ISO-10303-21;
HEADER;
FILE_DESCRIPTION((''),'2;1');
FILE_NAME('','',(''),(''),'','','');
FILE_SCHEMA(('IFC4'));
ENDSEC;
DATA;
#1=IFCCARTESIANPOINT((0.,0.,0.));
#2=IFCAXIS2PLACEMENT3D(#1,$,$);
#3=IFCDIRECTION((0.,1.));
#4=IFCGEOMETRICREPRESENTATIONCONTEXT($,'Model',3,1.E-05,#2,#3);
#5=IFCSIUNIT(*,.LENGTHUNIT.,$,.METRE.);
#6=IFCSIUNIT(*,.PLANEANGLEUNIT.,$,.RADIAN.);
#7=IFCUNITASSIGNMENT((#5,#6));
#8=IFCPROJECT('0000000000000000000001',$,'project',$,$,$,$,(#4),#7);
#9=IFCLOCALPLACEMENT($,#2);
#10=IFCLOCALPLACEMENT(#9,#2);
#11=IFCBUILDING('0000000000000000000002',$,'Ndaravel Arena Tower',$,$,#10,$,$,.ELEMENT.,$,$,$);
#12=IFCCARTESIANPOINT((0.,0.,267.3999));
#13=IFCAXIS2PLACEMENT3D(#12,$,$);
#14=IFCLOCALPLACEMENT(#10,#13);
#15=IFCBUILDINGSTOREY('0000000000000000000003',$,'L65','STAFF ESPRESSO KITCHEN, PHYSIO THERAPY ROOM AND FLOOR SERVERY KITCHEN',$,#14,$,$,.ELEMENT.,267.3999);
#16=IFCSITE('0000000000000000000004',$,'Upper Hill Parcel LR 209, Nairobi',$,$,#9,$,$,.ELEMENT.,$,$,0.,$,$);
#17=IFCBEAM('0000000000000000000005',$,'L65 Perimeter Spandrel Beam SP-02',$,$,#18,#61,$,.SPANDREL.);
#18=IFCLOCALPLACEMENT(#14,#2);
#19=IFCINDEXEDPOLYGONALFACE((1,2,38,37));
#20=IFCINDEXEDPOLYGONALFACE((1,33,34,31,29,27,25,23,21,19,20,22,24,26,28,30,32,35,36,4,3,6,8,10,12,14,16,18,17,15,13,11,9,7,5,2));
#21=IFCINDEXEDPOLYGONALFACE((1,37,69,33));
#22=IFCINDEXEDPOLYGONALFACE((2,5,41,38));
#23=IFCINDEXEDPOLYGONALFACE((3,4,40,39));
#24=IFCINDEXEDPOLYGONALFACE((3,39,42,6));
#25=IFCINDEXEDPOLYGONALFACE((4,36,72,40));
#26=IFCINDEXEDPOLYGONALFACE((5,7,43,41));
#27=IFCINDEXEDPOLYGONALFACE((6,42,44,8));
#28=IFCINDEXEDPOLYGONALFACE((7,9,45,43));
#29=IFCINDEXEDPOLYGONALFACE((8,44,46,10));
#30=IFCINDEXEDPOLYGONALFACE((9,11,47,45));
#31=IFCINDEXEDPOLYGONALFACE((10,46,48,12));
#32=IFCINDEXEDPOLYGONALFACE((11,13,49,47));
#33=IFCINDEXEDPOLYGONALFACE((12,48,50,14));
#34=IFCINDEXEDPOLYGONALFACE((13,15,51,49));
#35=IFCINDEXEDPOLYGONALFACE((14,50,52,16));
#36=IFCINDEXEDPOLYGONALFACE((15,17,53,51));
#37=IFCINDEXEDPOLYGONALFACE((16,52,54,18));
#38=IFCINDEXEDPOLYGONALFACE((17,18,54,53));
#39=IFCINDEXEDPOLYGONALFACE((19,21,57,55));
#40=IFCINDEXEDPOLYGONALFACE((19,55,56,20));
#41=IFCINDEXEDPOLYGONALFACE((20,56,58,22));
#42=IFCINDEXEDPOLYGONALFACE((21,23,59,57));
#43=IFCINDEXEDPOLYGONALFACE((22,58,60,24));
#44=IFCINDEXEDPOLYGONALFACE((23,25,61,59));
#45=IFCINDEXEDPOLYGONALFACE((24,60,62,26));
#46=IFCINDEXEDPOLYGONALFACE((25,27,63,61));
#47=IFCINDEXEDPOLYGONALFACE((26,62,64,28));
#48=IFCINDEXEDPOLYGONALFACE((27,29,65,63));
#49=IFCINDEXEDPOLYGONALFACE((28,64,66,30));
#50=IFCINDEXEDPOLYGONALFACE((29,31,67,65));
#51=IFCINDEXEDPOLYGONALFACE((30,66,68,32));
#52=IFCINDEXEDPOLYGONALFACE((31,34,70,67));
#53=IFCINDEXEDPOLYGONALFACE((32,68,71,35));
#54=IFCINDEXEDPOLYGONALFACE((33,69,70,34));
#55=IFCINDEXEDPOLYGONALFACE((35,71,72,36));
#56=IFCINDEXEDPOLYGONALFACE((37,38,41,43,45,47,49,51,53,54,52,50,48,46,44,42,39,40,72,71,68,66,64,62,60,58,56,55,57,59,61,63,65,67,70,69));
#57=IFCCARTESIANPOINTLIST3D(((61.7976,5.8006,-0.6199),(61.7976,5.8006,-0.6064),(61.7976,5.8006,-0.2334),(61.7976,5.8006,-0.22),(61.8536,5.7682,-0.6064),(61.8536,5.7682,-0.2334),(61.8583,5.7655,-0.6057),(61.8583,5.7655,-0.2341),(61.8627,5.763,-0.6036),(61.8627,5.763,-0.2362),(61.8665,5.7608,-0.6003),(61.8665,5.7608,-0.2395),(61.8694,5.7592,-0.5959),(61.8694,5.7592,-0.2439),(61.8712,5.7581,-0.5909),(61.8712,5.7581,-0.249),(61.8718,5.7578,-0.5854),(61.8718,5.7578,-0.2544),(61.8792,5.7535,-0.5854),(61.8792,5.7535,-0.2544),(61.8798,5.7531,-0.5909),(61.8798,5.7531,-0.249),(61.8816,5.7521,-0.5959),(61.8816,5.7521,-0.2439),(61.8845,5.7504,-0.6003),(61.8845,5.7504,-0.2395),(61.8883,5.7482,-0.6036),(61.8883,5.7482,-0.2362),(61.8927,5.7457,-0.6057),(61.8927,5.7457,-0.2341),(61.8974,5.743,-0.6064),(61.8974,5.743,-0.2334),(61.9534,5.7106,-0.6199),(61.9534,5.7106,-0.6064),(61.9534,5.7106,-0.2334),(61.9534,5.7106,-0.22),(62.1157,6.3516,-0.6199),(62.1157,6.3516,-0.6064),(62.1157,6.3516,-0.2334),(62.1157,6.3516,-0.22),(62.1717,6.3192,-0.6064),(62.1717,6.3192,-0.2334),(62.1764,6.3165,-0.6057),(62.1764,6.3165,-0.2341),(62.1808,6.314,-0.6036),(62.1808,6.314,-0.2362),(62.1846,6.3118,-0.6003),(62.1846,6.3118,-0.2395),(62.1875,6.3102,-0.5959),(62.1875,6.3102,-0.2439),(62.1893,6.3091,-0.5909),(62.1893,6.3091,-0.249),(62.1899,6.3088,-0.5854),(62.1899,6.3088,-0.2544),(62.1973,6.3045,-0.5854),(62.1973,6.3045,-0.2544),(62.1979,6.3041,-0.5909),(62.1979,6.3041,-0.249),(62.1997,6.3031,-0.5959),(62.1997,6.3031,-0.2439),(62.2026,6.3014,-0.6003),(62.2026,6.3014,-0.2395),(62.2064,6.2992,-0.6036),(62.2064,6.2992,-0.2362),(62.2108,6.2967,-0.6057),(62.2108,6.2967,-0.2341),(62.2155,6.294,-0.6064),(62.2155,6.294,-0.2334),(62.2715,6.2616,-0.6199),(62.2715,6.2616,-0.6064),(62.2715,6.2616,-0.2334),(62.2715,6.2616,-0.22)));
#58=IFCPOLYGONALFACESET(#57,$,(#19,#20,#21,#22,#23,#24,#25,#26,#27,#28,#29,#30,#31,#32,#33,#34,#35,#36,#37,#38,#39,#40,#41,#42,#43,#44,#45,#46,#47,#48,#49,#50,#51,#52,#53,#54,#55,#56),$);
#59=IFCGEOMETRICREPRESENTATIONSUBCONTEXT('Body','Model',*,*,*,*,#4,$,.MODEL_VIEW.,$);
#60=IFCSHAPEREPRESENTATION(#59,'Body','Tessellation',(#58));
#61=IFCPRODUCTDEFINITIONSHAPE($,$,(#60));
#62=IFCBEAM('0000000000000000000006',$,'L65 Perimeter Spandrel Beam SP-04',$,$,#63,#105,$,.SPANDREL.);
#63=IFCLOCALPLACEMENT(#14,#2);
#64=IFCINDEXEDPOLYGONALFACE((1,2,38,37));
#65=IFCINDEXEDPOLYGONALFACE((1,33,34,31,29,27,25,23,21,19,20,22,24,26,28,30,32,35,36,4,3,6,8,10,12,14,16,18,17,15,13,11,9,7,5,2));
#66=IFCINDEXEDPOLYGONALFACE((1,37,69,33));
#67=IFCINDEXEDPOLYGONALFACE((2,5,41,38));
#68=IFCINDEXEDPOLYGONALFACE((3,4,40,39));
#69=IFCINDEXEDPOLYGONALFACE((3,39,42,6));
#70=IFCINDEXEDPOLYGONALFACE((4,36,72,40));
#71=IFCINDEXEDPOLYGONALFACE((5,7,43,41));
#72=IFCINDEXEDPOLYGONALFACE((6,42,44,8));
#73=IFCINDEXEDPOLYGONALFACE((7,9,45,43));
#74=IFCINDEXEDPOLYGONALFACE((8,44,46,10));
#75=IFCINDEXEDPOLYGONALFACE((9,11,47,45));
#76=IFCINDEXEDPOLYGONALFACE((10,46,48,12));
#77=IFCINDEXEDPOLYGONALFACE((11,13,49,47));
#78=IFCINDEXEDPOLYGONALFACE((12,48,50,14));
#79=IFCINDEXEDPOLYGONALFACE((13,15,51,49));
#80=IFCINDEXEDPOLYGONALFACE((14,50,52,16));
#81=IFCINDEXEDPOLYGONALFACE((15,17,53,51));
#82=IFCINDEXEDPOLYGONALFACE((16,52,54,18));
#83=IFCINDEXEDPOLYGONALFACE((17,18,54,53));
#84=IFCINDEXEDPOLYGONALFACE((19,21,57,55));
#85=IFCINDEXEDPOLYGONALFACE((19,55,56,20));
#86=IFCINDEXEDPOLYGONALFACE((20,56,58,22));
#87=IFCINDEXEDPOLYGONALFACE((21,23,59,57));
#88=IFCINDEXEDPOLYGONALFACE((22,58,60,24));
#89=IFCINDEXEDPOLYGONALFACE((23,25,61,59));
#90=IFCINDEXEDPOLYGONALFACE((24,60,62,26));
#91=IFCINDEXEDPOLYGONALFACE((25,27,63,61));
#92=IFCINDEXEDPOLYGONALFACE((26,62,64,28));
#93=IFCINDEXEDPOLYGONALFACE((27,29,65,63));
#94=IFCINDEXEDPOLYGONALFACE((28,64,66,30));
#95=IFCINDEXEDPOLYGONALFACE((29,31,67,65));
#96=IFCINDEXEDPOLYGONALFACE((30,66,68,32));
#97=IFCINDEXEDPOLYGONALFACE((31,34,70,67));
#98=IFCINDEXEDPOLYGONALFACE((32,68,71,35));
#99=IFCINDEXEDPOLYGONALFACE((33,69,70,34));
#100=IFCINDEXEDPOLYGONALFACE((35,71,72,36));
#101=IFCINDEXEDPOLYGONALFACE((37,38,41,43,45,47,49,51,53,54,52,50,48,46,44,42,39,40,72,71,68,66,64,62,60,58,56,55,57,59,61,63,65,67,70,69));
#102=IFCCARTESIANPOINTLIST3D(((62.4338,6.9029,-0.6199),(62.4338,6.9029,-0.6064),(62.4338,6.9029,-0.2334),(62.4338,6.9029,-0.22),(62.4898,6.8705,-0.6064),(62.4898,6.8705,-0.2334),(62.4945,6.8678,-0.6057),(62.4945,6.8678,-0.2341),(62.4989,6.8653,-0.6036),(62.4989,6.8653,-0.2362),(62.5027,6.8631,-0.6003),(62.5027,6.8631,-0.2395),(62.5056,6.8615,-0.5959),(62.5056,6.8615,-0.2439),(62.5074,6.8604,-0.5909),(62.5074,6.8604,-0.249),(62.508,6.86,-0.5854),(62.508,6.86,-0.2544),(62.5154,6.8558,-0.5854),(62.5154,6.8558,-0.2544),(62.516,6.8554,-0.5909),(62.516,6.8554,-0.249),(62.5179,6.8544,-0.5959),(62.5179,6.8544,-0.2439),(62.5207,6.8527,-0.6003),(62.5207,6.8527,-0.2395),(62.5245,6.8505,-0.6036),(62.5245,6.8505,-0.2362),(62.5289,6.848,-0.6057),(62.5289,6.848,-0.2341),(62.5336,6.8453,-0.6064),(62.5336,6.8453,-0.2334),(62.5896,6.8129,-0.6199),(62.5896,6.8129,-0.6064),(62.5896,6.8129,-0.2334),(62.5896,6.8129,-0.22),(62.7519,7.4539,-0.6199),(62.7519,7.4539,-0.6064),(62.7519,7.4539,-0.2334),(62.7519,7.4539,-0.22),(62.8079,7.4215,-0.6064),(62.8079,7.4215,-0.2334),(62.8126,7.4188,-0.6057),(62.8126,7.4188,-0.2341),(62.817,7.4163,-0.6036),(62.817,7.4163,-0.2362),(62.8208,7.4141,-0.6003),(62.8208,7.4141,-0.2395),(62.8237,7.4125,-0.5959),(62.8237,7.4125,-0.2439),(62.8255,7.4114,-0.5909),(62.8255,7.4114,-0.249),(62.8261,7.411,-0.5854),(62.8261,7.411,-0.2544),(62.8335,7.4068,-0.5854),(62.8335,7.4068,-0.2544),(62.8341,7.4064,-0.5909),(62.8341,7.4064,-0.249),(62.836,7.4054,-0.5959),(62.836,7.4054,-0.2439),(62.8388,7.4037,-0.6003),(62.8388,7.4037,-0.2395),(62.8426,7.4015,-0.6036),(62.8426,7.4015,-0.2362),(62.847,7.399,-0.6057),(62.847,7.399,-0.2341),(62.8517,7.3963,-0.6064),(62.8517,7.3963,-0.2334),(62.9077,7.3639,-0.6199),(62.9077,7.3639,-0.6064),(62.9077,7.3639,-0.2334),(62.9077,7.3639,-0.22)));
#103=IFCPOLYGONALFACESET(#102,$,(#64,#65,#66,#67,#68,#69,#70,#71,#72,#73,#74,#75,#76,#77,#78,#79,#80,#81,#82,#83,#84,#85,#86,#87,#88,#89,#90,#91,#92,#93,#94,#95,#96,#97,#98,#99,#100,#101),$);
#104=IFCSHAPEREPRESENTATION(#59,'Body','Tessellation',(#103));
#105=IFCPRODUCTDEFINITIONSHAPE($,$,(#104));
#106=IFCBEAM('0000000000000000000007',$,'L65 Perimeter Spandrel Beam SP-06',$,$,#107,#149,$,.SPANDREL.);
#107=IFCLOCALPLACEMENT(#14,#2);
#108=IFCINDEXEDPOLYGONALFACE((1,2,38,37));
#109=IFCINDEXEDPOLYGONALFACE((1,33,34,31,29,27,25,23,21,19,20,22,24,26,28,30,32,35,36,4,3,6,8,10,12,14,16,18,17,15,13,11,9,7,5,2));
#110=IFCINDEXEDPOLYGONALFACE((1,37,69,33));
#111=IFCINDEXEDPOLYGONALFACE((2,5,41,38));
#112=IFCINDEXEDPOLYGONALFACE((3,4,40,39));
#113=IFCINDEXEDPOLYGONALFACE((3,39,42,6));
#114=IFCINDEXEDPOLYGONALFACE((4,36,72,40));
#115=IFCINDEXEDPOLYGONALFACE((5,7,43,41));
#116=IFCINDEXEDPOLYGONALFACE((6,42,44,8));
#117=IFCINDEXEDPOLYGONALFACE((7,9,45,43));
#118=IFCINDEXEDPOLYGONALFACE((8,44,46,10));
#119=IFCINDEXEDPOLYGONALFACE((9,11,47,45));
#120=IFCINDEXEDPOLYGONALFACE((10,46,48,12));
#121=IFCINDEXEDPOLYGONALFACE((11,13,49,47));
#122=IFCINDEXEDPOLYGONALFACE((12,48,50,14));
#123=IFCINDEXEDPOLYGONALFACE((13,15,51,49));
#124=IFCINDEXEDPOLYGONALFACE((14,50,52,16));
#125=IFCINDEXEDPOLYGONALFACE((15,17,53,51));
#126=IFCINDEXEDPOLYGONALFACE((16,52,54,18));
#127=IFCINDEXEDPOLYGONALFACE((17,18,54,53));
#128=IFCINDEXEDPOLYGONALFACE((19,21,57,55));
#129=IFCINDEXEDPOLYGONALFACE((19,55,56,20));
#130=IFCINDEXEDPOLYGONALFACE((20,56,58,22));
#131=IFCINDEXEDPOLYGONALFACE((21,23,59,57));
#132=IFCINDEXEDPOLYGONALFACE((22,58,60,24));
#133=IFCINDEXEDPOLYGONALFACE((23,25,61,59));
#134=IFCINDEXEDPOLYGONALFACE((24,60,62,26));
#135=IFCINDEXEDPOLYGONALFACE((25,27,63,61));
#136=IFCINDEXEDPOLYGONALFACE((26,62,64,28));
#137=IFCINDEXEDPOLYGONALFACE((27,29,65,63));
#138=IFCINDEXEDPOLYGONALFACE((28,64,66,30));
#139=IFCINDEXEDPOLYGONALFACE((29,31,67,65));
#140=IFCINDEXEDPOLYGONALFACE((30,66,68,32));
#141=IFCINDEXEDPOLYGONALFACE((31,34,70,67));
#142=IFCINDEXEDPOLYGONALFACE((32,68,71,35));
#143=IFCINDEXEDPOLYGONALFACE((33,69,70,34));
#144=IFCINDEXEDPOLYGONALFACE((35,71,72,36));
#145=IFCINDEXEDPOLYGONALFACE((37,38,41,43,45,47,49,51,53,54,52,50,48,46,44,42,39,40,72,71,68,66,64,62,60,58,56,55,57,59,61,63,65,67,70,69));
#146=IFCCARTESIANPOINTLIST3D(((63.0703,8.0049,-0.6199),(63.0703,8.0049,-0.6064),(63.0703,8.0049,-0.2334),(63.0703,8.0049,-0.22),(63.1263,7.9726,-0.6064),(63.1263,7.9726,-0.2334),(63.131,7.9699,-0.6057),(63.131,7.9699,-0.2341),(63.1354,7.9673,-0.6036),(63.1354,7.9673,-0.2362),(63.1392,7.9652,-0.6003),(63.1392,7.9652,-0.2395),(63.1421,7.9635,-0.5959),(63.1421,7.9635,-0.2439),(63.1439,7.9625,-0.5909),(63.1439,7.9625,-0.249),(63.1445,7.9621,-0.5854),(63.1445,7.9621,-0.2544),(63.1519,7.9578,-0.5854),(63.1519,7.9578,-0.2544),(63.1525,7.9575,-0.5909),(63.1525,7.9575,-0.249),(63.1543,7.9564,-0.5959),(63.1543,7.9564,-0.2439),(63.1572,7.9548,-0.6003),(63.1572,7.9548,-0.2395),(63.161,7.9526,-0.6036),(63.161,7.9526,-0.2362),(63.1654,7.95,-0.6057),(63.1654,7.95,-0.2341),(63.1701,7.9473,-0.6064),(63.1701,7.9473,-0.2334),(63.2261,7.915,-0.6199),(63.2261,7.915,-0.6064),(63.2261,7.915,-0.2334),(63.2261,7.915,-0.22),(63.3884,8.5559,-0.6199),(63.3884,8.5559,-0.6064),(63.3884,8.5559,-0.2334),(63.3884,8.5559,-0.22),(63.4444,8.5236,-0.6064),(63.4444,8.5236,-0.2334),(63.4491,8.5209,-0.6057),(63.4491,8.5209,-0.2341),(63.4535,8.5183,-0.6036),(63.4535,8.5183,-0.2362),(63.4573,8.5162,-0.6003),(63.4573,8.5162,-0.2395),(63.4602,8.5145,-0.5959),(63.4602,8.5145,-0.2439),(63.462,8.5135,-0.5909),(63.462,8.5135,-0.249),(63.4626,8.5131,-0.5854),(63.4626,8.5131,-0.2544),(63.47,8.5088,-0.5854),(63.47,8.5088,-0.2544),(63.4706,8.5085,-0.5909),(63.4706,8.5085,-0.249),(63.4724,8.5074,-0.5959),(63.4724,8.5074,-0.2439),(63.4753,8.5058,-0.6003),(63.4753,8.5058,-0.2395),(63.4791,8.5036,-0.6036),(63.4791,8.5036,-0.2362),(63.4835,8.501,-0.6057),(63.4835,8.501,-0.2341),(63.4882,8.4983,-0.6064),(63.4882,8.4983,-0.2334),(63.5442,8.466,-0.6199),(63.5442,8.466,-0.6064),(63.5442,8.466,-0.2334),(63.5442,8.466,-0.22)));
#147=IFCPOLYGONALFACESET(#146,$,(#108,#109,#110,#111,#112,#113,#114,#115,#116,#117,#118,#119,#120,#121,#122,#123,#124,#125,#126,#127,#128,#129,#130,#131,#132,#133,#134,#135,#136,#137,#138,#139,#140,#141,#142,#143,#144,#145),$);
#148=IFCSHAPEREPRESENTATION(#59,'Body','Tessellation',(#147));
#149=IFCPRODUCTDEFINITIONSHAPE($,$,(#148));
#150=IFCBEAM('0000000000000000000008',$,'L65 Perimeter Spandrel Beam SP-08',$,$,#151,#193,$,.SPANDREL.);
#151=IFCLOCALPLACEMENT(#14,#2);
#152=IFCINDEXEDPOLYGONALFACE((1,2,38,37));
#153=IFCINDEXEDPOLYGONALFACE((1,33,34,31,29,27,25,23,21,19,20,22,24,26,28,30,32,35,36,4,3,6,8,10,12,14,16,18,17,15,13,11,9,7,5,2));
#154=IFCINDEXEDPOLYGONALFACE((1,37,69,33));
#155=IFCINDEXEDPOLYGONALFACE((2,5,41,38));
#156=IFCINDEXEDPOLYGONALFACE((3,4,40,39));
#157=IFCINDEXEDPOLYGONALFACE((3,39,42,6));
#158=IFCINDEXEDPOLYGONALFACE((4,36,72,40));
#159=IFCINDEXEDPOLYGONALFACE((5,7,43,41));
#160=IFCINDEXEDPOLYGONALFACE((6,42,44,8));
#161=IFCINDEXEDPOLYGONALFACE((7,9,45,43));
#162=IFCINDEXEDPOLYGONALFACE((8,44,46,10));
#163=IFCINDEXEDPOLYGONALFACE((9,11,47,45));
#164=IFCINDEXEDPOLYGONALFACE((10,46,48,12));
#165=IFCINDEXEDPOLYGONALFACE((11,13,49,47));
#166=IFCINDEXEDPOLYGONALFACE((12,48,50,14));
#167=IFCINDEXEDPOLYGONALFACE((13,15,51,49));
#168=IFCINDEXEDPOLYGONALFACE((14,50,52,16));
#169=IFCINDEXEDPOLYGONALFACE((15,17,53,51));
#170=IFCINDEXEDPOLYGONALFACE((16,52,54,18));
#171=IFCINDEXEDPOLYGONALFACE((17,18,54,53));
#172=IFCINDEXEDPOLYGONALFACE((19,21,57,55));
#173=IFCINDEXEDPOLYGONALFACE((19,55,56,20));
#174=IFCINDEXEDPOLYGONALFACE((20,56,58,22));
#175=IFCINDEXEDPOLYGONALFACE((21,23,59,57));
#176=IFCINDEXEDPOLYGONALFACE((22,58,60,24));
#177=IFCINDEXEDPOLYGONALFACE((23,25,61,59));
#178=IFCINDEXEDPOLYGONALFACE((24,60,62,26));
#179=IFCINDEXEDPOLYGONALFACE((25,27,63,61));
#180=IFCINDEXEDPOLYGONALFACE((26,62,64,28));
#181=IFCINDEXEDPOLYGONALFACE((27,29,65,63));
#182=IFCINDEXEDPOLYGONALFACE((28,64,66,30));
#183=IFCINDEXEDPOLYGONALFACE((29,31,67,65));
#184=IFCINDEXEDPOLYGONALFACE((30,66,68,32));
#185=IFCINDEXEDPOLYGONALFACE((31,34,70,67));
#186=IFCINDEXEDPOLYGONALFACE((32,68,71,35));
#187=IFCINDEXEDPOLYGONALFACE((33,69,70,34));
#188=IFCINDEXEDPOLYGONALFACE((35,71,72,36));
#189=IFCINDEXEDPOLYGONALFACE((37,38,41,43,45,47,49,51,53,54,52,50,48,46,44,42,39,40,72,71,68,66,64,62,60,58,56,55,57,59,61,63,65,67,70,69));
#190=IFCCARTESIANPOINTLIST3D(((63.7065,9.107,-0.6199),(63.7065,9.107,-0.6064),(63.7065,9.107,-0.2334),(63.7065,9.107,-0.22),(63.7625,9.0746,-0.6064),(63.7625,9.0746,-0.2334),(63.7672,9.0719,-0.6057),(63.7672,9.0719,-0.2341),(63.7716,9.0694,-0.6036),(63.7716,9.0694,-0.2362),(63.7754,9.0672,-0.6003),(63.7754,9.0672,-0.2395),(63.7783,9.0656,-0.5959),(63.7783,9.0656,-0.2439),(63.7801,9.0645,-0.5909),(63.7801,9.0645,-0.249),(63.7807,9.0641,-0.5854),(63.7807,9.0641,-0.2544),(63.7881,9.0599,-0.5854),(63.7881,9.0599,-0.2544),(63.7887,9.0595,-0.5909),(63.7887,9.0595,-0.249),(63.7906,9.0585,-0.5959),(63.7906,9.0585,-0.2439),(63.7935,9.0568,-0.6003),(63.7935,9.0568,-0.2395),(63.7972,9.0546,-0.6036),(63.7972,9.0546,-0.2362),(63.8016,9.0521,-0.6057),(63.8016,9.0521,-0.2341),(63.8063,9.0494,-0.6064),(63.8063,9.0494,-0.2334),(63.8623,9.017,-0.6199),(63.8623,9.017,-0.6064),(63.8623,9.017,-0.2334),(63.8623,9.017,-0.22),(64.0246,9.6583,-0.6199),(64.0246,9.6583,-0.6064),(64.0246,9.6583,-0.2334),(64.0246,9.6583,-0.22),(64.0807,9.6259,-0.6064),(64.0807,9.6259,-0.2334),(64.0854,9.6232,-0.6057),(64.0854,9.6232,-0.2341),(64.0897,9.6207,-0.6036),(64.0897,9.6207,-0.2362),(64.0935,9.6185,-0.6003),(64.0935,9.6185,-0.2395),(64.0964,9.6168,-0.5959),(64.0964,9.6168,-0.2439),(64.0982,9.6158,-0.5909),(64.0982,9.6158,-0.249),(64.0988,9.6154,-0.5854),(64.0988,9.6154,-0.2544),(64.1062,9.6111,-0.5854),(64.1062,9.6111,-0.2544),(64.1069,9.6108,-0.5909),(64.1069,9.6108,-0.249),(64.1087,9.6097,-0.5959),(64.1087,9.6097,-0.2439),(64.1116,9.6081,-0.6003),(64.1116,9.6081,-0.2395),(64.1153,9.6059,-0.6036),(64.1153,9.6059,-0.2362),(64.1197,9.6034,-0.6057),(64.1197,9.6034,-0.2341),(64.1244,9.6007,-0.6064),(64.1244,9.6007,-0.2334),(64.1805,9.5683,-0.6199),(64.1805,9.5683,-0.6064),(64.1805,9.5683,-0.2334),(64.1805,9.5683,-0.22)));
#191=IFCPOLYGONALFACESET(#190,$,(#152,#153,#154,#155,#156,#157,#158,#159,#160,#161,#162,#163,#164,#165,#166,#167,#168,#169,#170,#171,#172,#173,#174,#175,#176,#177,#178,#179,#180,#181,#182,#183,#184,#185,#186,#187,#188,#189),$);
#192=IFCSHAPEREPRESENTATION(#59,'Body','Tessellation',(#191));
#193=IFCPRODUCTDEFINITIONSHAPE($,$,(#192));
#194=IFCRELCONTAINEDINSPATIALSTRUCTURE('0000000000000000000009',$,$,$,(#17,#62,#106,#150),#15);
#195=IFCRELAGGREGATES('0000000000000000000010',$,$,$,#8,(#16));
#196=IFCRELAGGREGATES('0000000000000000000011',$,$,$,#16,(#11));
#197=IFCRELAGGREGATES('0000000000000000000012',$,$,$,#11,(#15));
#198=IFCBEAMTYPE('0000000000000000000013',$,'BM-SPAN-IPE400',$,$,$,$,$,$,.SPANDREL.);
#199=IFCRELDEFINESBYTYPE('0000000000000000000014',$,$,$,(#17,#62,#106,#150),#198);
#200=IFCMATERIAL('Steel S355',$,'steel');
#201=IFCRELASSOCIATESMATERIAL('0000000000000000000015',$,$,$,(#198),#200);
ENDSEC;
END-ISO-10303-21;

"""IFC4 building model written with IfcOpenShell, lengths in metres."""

from ifc_helpers import new_model, si_unit, direction, frame, origin, origin_2d, place, context, subcontext, project, spatial, i_section, extrude, material, material_profile, profile_set, type_object, element, save


model = new_model("IFC4")

# Units and contexts
model_context = context("Model", 3, precision=1e-05, world=origin(), true_north=direction((0.0, 1.0)))
body_context = subcontext(model_context, "Body", "Model", "MODEL_VIEW")
ifc_project = project(units=[si_unit("LENGTHUNIT", "METRE"), si_unit("PLANEANGLEUNIT", "RADIAN")], contexts=[model_context])

# Site, building, storey
site_placement = place(None, origin())
site = spatial("IfcSite", under=ifc_project, at=site_placement, Name="Upper Hill Parcel LR 209, Nairobi", CompositionType="ELEMENT", RefElevation=0.0)
building_placement = place(site_placement, origin())
building = spatial("IfcBuilding", under=site, at=building_placement, Name="Ndaravel Arena Tower", CompositionType="ELEMENT")
storey_placement = place(building_placement, frame((0.0, 0.0, 267.3999)))
storey = spatial("IfcBuildingStorey", under=building, at=storey_placement, Name="L65", Description="STAFF ESPRESSO KITCHEN, PHYSIO THERAPY ROOM AND FLOOR SERVERY KITCHEN", CompositionType="ELEMENT", Elevation=267.3999)

# Beams
ifc_material_1 = material(Name="Steel S355", Category="steel")
ifc_material_profile_1 = material_profile(ifc_material_1, i_section(OverallWidth=0.1799, OverallDepth=0.3999, WebThickness=0.0085, FlangeThickness=0.0134, FilletRadius=0.021, at=origin_2d()), Name="IPE 400")
ifc_profile_set_1 = profile_set([ifc_material_profile_1], Name="Steel S355")
beam_type = type_object("IfcBeamType", Name="BM-SPAN-IPE400", PredefinedType="SPANDREL", material=ifc_profile_set_1)
for number, where, z_axis, x_axis, name in (
    (1, (61.8755, 5.7556, -0.4199), (0.499977, 0.866039, 0.0), (-0.866039, 0.499977, 0.0), "L65 Perimeter Spandrel Beam SP-02"),
    (2, (62.5117, 6.8579, -0.4199), (0.499977, 0.866039, 0.0), (-0.866039, 0.499977, 0.0), "L65 Perimeter Spandrel Beam SP-04"),
    (3, (63.1482, 7.96, -0.4199), (0.499977, 0.866039, 0.0), (-0.866039, 0.499977, 0.0), "L65 Perimeter Spandrel Beam SP-06"),
):
    element("IfcBeam", number, at=place(storey_placement, frame(where, z_axis=z_axis, x_axis=x_axis)), inside=storey, type_object=beam_type, Name=name, PredefinedType="SPANDREL", context=body_context, shape_type="SweptSolid", body=[
        extrude(i_section(OverallWidth=0.1799, OverallDepth=0.3999, WebThickness=0.0085, FlangeThickness=0.0134, FilletRadius=0.021, at=origin_2d()), origin(), (0.0, 0.0, 1.0), 0.6362),
    ])
beam_1_placement = place(storey_placement, frame((63.7844, 9.062, -0.4199), z_axis=(0.499811, 0.866134, 0.0), x_axis=(-0.866134, 0.499811, 0.0)))
element("IfcBeam", 4, at=beam_1_placement, inside=storey, type_object=beam_type, Name="L65 Perimeter Spandrel Beam SP-08", PredefinedType="SPANDREL", context=body_context, shape_type="SweptSolid", body=[
    extrude(i_section(OverallWidth=0.1799, OverallDepth=0.3999, WebThickness=0.0085, FlangeThickness=0.0134, FilletRadius=0.021, at=origin_2d()), origin(), (0.0, 0.0, 1.0), 0.6365),
])

save(model, "model.ifc")
